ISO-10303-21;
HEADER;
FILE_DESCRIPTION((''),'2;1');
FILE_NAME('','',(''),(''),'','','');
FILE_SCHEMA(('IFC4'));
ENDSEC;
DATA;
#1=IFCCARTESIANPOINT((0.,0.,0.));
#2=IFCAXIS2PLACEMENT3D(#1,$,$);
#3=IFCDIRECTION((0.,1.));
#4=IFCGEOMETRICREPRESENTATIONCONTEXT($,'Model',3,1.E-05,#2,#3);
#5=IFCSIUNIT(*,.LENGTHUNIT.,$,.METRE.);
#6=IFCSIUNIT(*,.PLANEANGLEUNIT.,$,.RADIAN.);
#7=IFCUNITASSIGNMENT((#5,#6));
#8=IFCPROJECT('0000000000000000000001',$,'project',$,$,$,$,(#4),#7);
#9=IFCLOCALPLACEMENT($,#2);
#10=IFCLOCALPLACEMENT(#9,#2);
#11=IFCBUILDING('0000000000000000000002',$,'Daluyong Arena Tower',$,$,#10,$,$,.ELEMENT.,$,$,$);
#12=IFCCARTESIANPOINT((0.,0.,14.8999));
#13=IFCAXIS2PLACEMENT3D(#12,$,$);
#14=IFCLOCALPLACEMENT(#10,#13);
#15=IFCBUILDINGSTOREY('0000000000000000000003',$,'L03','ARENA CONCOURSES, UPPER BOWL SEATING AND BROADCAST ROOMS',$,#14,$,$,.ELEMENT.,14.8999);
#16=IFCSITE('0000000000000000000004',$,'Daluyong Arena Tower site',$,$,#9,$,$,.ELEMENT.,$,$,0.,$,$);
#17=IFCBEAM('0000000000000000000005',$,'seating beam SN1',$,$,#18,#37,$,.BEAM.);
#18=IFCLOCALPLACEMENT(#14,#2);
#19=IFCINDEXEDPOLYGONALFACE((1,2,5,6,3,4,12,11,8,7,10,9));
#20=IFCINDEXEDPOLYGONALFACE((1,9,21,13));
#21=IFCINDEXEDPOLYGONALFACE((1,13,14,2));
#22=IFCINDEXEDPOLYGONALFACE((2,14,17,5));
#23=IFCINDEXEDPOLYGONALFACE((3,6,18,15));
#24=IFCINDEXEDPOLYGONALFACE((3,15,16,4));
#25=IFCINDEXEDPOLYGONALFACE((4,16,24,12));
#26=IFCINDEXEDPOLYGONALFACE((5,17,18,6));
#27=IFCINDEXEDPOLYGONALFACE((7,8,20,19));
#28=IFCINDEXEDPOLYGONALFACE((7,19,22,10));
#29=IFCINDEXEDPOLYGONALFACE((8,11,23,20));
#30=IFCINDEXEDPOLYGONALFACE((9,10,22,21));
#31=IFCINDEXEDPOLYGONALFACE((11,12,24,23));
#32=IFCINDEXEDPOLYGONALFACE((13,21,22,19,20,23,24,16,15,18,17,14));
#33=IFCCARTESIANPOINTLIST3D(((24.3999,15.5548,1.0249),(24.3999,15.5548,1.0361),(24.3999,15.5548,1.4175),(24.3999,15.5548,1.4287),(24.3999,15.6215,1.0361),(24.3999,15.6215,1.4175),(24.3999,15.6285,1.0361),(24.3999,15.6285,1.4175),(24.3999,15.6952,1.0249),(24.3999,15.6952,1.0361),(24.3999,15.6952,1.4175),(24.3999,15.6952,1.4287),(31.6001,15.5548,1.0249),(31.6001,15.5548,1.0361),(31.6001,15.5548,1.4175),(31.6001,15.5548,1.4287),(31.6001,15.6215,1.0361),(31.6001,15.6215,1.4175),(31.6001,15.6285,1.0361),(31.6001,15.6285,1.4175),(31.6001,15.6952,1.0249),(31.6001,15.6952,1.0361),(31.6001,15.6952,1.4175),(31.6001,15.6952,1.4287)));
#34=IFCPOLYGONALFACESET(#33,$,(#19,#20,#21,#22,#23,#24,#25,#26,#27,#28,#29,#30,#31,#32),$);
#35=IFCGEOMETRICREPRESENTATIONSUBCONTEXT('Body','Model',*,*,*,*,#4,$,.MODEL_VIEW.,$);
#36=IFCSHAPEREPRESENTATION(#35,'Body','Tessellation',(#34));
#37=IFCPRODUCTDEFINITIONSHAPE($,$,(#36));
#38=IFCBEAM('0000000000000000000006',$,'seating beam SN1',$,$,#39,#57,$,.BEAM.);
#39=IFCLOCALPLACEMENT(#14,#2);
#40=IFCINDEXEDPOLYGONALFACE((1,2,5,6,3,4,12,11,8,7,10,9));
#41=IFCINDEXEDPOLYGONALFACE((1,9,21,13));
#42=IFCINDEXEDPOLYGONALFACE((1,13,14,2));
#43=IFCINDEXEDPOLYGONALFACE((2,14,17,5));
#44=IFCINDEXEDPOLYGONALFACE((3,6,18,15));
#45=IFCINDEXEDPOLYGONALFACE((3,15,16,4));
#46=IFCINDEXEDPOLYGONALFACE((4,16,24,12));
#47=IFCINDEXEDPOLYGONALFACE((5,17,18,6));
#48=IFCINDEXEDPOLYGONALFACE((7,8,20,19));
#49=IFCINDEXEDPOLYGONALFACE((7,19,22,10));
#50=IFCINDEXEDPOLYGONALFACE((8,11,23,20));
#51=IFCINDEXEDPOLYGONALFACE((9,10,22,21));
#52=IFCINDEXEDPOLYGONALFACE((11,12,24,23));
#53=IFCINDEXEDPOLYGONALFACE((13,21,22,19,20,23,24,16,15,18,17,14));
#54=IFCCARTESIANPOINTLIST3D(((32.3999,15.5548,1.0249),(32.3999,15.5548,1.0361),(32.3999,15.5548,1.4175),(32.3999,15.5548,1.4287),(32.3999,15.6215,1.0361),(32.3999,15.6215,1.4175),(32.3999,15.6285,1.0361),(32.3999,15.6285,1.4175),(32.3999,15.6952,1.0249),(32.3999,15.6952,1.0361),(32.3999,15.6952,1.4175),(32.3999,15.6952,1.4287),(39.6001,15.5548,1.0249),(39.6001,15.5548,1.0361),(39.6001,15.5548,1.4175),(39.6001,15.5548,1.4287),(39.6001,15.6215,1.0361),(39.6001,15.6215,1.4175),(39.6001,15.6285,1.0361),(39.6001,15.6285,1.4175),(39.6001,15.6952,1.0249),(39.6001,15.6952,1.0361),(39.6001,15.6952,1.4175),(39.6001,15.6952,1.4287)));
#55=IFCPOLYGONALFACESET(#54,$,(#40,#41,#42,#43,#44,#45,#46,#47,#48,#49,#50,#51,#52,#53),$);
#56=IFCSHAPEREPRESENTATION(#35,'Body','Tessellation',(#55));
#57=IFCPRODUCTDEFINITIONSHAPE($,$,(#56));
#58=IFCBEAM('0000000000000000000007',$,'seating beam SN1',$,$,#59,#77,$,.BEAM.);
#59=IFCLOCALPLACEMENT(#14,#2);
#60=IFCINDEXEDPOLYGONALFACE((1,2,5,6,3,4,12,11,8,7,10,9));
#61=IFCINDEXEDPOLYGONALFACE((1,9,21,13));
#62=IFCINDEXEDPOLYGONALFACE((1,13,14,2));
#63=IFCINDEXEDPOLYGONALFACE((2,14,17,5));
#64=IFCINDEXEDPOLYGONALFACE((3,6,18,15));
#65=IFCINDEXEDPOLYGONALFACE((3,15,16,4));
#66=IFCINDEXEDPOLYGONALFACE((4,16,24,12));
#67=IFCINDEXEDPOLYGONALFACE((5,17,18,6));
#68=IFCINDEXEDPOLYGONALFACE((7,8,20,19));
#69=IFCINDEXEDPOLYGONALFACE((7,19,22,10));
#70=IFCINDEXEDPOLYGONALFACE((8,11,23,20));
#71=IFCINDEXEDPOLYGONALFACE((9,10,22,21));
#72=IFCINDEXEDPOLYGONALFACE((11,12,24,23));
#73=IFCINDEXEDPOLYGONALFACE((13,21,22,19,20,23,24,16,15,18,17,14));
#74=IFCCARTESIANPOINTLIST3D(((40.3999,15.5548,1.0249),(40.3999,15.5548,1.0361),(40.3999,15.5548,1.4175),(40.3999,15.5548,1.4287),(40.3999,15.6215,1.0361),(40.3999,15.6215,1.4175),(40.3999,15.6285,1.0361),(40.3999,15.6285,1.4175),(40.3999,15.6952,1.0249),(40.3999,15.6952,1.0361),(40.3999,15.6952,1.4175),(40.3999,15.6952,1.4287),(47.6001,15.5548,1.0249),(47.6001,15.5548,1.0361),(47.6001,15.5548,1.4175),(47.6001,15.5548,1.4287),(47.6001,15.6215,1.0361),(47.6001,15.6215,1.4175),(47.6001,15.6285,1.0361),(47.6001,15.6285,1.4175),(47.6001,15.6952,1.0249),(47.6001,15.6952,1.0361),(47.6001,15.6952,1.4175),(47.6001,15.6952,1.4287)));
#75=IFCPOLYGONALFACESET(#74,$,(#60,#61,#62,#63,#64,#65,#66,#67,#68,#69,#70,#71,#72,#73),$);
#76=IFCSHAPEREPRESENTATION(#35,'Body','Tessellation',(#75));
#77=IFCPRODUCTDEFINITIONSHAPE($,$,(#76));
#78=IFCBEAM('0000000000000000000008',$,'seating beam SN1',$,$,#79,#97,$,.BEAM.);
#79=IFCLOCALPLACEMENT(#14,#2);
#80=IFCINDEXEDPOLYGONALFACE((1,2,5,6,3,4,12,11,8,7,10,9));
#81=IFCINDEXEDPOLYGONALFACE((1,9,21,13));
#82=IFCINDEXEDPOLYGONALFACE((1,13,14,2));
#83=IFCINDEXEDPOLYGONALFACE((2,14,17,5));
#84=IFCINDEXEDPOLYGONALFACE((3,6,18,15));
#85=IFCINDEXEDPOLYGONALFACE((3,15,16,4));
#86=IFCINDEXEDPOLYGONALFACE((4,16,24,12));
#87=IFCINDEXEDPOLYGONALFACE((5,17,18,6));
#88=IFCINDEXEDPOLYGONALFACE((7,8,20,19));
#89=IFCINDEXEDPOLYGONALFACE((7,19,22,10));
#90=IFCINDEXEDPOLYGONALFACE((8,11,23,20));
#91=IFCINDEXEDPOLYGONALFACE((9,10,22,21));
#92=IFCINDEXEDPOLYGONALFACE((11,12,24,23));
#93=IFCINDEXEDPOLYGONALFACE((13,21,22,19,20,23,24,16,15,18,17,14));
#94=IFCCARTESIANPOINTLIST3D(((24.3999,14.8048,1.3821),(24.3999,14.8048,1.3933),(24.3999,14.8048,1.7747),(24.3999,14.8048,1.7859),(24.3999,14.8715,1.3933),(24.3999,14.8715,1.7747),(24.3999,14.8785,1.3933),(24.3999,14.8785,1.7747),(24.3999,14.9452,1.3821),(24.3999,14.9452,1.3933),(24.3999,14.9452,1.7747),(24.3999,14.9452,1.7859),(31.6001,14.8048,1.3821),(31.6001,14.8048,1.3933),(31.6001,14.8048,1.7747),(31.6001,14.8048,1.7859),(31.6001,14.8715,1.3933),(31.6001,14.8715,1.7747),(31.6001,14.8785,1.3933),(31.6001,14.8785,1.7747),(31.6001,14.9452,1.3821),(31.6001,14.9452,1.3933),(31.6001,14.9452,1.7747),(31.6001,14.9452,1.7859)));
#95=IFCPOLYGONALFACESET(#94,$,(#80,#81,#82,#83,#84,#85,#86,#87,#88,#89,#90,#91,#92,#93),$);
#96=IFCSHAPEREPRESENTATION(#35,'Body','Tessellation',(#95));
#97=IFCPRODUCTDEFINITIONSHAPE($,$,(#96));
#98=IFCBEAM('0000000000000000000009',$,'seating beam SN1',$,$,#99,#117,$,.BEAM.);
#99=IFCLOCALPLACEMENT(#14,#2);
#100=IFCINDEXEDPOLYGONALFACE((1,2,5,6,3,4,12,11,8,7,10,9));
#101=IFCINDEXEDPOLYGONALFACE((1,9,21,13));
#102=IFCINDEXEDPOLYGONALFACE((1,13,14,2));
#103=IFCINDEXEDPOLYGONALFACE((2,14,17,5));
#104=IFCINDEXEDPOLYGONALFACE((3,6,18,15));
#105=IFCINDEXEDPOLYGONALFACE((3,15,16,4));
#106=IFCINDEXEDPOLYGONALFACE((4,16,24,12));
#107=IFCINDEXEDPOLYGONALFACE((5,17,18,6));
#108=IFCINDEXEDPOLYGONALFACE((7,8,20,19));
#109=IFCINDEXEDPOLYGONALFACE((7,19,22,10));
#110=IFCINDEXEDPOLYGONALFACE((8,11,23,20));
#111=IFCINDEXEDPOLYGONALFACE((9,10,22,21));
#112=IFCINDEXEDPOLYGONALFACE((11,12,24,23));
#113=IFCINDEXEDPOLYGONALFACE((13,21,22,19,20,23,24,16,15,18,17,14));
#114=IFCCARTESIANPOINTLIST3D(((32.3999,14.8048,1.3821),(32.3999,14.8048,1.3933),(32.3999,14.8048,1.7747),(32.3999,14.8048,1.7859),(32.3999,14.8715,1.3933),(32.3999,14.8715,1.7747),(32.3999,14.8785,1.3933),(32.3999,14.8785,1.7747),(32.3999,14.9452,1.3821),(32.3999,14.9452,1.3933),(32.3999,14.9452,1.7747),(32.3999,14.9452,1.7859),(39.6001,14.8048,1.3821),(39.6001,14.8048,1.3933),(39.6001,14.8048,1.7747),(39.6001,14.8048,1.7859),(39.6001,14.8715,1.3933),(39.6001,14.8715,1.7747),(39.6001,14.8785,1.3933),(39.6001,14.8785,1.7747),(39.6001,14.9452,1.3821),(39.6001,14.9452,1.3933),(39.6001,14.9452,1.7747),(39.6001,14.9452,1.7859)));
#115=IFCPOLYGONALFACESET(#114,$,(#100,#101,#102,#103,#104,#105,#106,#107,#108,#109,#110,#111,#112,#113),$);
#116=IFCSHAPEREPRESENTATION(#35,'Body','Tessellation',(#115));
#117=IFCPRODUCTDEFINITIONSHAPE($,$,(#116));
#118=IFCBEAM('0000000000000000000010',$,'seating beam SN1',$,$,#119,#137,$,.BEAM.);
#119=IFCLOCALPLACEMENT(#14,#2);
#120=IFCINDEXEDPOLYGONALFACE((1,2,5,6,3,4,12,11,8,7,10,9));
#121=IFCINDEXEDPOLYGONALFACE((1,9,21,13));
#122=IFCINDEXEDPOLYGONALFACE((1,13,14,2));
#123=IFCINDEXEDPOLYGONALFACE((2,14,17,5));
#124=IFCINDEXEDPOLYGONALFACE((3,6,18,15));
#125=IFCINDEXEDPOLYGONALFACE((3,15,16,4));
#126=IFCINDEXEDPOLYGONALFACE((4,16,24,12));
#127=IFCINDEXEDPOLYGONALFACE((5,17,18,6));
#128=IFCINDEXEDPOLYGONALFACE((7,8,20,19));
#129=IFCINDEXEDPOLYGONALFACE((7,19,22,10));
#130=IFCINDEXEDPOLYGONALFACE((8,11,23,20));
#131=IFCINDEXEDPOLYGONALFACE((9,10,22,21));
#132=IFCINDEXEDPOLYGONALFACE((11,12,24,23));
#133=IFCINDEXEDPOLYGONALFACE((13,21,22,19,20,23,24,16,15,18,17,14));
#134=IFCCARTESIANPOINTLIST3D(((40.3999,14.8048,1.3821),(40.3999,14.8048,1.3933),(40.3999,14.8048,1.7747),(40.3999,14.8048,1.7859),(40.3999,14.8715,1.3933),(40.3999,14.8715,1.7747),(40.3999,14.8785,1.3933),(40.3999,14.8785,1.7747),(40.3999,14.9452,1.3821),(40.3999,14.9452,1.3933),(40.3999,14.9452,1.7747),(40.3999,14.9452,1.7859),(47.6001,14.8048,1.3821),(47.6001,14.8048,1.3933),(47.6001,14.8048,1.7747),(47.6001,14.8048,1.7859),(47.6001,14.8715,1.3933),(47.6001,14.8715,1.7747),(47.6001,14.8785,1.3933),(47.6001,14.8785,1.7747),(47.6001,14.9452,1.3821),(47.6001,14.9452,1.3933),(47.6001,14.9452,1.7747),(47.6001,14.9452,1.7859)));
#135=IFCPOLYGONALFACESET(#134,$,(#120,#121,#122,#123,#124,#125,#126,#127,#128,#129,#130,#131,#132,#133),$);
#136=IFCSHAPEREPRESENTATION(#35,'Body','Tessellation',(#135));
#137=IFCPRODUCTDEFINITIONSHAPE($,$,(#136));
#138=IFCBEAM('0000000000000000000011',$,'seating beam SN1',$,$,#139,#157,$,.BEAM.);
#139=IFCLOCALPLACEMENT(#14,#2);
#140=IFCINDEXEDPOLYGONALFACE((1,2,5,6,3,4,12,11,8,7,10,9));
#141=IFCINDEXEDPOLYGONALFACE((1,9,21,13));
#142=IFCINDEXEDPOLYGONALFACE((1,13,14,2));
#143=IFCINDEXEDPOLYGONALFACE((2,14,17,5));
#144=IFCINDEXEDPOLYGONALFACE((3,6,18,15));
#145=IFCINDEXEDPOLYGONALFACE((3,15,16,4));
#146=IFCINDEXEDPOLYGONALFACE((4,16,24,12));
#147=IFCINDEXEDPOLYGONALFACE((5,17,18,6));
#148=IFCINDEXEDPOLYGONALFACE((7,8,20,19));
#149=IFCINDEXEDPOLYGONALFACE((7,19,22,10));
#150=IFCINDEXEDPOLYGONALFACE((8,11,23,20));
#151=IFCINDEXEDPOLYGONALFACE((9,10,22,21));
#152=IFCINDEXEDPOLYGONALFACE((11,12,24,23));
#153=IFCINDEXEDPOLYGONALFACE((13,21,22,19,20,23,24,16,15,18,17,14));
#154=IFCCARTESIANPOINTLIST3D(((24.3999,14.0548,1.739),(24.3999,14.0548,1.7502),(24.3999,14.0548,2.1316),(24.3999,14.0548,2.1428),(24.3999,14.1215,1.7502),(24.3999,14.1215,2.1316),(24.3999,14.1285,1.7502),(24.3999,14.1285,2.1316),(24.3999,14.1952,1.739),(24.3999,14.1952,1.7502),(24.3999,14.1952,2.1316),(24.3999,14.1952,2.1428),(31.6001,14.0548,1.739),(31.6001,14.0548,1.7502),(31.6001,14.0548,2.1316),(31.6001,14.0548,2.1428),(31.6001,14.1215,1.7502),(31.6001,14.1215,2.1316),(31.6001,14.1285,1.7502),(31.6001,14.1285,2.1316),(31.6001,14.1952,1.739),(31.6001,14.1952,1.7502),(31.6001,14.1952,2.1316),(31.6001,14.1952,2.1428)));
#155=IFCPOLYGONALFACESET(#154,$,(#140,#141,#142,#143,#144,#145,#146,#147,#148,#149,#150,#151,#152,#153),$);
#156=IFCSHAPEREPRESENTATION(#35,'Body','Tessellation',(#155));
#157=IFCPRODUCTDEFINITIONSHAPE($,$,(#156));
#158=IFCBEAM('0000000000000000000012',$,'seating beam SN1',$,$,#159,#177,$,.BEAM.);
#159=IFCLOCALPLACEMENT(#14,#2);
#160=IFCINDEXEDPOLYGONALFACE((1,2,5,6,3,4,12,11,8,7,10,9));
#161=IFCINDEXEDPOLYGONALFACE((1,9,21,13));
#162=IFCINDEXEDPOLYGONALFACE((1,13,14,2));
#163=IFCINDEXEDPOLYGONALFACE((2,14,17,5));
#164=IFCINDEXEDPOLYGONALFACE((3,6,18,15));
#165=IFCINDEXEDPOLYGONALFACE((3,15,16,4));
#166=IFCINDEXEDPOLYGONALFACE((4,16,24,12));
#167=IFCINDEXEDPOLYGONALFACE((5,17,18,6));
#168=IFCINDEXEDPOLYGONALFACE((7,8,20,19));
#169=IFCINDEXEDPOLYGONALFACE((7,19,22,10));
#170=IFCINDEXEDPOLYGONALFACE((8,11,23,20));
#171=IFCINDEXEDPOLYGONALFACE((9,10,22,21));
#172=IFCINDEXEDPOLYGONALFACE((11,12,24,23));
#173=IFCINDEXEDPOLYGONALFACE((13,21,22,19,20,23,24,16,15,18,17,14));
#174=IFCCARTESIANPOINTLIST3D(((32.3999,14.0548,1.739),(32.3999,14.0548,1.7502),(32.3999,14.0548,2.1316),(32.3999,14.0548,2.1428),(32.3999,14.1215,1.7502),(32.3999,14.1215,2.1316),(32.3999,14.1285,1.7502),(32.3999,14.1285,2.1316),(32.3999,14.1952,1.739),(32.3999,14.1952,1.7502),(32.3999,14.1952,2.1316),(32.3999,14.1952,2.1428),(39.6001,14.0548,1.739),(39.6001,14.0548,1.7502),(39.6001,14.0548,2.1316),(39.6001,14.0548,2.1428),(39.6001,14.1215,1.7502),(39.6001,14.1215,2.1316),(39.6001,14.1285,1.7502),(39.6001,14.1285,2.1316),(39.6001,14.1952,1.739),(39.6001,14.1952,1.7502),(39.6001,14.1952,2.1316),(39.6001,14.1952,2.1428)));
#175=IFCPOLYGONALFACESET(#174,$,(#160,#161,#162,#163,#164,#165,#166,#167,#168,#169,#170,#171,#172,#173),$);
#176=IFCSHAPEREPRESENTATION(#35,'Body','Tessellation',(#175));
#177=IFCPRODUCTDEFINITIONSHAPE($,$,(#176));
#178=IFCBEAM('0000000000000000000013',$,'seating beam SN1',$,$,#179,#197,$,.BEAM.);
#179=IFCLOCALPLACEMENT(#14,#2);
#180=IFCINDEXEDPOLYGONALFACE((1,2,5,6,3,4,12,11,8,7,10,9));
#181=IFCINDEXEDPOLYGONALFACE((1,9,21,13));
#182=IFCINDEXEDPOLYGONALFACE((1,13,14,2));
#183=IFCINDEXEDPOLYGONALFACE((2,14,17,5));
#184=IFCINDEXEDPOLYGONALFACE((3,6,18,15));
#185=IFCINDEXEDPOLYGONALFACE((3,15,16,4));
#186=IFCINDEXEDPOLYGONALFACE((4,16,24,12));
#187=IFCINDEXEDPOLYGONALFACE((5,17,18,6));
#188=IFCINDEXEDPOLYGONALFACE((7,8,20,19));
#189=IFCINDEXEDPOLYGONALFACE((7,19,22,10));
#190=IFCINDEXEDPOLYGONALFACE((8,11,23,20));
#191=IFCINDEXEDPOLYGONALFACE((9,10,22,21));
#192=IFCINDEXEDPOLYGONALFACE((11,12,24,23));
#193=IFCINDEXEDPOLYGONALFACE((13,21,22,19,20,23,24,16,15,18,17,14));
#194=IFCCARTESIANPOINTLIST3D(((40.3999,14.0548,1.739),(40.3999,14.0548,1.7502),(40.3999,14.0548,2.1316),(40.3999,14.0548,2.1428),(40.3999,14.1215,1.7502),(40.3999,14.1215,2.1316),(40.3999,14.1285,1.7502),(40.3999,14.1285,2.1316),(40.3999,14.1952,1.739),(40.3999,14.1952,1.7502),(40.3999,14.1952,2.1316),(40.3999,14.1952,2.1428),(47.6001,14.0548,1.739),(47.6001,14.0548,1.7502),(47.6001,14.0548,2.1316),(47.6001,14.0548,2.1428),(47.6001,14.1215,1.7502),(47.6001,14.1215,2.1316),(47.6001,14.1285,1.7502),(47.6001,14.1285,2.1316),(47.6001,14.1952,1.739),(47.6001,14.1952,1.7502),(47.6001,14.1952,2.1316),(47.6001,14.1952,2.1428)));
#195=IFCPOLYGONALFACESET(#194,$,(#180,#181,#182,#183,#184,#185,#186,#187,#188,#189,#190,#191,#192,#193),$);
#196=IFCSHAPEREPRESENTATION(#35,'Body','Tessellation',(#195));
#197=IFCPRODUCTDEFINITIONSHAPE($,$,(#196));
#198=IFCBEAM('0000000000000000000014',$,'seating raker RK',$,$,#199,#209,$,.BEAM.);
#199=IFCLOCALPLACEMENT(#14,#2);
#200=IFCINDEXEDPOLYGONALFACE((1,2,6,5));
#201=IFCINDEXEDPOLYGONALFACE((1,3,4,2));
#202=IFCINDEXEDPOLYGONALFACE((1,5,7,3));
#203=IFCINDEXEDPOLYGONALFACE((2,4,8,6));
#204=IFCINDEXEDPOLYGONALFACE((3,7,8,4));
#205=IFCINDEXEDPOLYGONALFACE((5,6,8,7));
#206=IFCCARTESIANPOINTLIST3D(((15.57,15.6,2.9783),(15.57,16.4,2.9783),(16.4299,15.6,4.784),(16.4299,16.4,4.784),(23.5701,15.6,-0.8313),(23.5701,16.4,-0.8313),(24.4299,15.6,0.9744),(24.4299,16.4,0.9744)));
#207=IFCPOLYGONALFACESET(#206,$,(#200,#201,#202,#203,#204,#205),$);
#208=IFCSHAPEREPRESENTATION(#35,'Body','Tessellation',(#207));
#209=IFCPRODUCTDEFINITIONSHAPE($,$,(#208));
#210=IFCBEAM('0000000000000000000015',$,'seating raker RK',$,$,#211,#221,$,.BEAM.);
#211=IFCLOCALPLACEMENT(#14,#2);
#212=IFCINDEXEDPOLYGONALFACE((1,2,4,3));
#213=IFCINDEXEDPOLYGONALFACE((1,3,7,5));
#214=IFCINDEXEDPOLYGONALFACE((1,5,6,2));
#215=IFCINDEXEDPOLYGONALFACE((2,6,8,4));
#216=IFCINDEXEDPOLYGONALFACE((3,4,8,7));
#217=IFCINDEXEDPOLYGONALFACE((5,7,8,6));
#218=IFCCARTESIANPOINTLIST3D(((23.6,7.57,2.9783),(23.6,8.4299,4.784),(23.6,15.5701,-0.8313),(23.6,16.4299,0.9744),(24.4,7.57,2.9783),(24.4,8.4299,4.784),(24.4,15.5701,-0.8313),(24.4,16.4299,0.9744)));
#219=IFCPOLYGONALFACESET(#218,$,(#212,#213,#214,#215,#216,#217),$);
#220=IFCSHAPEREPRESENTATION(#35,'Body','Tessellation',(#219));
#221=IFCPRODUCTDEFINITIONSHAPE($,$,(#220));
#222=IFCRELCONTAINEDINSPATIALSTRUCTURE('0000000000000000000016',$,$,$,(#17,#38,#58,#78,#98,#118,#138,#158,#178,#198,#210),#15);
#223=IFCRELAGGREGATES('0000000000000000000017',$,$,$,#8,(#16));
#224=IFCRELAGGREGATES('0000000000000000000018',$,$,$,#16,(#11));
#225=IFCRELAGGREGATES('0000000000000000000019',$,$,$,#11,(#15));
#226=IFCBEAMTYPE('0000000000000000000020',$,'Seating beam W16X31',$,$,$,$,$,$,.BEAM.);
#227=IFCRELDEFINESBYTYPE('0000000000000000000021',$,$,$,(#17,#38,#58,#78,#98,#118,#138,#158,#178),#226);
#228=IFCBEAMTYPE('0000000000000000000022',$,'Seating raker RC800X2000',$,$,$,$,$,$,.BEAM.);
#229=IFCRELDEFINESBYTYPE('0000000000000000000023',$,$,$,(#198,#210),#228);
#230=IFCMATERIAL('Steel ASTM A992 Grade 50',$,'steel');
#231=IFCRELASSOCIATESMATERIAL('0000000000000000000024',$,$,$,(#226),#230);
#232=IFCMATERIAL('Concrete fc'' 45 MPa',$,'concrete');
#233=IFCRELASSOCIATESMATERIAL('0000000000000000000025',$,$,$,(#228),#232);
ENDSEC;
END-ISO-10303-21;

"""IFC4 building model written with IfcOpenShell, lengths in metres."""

from ifc_helpers import new_model, si_unit, direction, frame, origin, origin_2d, place, context, subcontext, project, spatial, rectangle, i_section, extrude, material, material_profile, profile_set, type_object, element, save


model = new_model("IFC4")

# Units and contexts
model_context = context("Model", 3, precision=1e-05, world=origin(), true_north=direction((0.0, 1.0)))
body_context = subcontext(model_context, "Body", "Model", "MODEL_VIEW")
ifc_project = project(units=[si_unit("LENGTHUNIT", "METRE"), si_unit("PLANEANGLEUNIT", "RADIAN")], contexts=[model_context])

# Site, building, storey
site_placement = place(None, origin())
site = spatial("IfcSite", under=ifc_project, at=site_placement, Name="Daluyong Arena Tower site", CompositionType="ELEMENT", RefElevation=0.0)
building_placement = place(site_placement, origin())
building = spatial("IfcBuilding", under=site, at=building_placement, Name="Daluyong Arena Tower", CompositionType="ELEMENT")
storey_placement = place(building_placement, frame((0.0, 0.0, 14.8999)))
storey = spatial("IfcBuildingStorey", under=building, at=storey_placement, Name="L03", Description="ARENA CONCOURSES, UPPER BOWL SEATING AND BROADCAST ROOMS", CompositionType="ELEMENT", Elevation=14.8999)

# Beams
ifc_material_1 = material(Name="Steel ASTM A992 Grade 50", Category="steel")
ifc_material_profile_1 = material_profile(ifc_material_1, i_section(OverallWidth=0.1404, OverallDepth=0.4038, WebThickness=0.0071, FlangeThickness=0.0112, at=origin_2d()))
ifc_profile_set_1 = profile_set([ifc_material_profile_1], Name="Steel ASTM A992 Grade 50")
beam_type_1 = type_object("IfcBeamType", Name="Seating beam W16X31", PredefinedType="BEAM", material=ifc_profile_set_1)
for number, where, z_axis, x_axis, name in (
    (1, (24.3999, 15.625, 1.2268), (1.0, 0.0, 0.0), (0.0, 1.0, 0.0), "seating beam SN1"),
    (2, (32.3999, 15.625, 1.2268), (1.0, 0.0, 0.0), (0.0, 1.0, 0.0), "seating beam SN1"),
    (3, (40.3999, 15.625, 1.2268), (1.0, 0.0, 0.0), (0.0, 1.0, 0.0), "seating beam SN1"),
    (4, (24.3999, 14.875, 1.584), (1.0, 0.0, 0.0), (0.0, 1.0, 0.0), "seating beam SN1"),
    (5, (32.3999, 14.875, 1.584), (1.0, 0.0, 0.0), (0.0, 1.0, 0.0), "seating beam SN1"),
    (6, (40.3999, 14.875, 1.584), (1.0, 0.0, 0.0), (0.0, 1.0, 0.0), "seating beam SN1"),
    (7, (24.3999, 14.125, 1.9409), (1.0, 0.0, 0.0), (0.0, 1.0, 0.0), "seating beam SN1"),
    (8, (32.3999, 14.125, 1.9409), (1.0, 0.0, 0.0), (0.0, 1.0, 0.0), "seating beam SN1"),
    (9, (40.3999, 14.125, 1.9409), (1.0, 0.0, 0.0), (0.0, 1.0, 0.0), "seating beam SN1"),
):
    element("IfcBeam", number, at=place(storey_placement, frame(where, z_axis=z_axis, x_axis=x_axis)), inside=storey, type_object=beam_type_1, Name=name, PredefinedType="BEAM", context=body_context, shape_type="SweptSolid", body=[
        extrude(i_section(OverallWidth=0.1404, OverallDepth=0.4038, WebThickness=0.0071, FlangeThickness=0.0112, at=origin_2d()), origin(), (0.0, 0.0, 1.0), 7.2002),
    ])
ifc_material_2 = material(Name="Concrete fc' 45 MPa", Category="concrete")
ifc_material_profile_2 = material_profile(ifc_material_2, rectangle(XDim=0.8, YDim=2.0, at=origin_2d()))
ifc_profile_set_2 = profile_set([ifc_material_profile_2], Name="Concrete fc' 45 MPa")
beam_type_2 = type_object("IfcBeamType", Name="Seating raker RC800X2000", PredefinedType="BEAM", material=ifc_profile_set_2)
for number, where, z_axis, x_axis, name in (
    (10, (24.0, 16.0, 0.0715), (-0.902858, 0.0, 0.429938), (0.0, -1.0, 0.0), "seating raker RK"),
    (11, (24.0, 16.0, 0.0715), (0.0, -0.902858, 0.429938), (1.0, 0.0, 0.0), "seating raker RK"),
):
    element("IfcBeam", number, at=place(storey_placement, frame(where, z_axis=z_axis, x_axis=x_axis)), inside=storey, type_object=beam_type_2, Name=name, PredefinedType="BEAM", context=body_context, shape_type="SweptSolid", body=[
        extrude(rectangle(XDim=0.8, YDim=2.0, at=origin_2d()), origin(), (0.0, 0.0, 1.0), 8.8608),
    ])

save(model, "model.ifc")
